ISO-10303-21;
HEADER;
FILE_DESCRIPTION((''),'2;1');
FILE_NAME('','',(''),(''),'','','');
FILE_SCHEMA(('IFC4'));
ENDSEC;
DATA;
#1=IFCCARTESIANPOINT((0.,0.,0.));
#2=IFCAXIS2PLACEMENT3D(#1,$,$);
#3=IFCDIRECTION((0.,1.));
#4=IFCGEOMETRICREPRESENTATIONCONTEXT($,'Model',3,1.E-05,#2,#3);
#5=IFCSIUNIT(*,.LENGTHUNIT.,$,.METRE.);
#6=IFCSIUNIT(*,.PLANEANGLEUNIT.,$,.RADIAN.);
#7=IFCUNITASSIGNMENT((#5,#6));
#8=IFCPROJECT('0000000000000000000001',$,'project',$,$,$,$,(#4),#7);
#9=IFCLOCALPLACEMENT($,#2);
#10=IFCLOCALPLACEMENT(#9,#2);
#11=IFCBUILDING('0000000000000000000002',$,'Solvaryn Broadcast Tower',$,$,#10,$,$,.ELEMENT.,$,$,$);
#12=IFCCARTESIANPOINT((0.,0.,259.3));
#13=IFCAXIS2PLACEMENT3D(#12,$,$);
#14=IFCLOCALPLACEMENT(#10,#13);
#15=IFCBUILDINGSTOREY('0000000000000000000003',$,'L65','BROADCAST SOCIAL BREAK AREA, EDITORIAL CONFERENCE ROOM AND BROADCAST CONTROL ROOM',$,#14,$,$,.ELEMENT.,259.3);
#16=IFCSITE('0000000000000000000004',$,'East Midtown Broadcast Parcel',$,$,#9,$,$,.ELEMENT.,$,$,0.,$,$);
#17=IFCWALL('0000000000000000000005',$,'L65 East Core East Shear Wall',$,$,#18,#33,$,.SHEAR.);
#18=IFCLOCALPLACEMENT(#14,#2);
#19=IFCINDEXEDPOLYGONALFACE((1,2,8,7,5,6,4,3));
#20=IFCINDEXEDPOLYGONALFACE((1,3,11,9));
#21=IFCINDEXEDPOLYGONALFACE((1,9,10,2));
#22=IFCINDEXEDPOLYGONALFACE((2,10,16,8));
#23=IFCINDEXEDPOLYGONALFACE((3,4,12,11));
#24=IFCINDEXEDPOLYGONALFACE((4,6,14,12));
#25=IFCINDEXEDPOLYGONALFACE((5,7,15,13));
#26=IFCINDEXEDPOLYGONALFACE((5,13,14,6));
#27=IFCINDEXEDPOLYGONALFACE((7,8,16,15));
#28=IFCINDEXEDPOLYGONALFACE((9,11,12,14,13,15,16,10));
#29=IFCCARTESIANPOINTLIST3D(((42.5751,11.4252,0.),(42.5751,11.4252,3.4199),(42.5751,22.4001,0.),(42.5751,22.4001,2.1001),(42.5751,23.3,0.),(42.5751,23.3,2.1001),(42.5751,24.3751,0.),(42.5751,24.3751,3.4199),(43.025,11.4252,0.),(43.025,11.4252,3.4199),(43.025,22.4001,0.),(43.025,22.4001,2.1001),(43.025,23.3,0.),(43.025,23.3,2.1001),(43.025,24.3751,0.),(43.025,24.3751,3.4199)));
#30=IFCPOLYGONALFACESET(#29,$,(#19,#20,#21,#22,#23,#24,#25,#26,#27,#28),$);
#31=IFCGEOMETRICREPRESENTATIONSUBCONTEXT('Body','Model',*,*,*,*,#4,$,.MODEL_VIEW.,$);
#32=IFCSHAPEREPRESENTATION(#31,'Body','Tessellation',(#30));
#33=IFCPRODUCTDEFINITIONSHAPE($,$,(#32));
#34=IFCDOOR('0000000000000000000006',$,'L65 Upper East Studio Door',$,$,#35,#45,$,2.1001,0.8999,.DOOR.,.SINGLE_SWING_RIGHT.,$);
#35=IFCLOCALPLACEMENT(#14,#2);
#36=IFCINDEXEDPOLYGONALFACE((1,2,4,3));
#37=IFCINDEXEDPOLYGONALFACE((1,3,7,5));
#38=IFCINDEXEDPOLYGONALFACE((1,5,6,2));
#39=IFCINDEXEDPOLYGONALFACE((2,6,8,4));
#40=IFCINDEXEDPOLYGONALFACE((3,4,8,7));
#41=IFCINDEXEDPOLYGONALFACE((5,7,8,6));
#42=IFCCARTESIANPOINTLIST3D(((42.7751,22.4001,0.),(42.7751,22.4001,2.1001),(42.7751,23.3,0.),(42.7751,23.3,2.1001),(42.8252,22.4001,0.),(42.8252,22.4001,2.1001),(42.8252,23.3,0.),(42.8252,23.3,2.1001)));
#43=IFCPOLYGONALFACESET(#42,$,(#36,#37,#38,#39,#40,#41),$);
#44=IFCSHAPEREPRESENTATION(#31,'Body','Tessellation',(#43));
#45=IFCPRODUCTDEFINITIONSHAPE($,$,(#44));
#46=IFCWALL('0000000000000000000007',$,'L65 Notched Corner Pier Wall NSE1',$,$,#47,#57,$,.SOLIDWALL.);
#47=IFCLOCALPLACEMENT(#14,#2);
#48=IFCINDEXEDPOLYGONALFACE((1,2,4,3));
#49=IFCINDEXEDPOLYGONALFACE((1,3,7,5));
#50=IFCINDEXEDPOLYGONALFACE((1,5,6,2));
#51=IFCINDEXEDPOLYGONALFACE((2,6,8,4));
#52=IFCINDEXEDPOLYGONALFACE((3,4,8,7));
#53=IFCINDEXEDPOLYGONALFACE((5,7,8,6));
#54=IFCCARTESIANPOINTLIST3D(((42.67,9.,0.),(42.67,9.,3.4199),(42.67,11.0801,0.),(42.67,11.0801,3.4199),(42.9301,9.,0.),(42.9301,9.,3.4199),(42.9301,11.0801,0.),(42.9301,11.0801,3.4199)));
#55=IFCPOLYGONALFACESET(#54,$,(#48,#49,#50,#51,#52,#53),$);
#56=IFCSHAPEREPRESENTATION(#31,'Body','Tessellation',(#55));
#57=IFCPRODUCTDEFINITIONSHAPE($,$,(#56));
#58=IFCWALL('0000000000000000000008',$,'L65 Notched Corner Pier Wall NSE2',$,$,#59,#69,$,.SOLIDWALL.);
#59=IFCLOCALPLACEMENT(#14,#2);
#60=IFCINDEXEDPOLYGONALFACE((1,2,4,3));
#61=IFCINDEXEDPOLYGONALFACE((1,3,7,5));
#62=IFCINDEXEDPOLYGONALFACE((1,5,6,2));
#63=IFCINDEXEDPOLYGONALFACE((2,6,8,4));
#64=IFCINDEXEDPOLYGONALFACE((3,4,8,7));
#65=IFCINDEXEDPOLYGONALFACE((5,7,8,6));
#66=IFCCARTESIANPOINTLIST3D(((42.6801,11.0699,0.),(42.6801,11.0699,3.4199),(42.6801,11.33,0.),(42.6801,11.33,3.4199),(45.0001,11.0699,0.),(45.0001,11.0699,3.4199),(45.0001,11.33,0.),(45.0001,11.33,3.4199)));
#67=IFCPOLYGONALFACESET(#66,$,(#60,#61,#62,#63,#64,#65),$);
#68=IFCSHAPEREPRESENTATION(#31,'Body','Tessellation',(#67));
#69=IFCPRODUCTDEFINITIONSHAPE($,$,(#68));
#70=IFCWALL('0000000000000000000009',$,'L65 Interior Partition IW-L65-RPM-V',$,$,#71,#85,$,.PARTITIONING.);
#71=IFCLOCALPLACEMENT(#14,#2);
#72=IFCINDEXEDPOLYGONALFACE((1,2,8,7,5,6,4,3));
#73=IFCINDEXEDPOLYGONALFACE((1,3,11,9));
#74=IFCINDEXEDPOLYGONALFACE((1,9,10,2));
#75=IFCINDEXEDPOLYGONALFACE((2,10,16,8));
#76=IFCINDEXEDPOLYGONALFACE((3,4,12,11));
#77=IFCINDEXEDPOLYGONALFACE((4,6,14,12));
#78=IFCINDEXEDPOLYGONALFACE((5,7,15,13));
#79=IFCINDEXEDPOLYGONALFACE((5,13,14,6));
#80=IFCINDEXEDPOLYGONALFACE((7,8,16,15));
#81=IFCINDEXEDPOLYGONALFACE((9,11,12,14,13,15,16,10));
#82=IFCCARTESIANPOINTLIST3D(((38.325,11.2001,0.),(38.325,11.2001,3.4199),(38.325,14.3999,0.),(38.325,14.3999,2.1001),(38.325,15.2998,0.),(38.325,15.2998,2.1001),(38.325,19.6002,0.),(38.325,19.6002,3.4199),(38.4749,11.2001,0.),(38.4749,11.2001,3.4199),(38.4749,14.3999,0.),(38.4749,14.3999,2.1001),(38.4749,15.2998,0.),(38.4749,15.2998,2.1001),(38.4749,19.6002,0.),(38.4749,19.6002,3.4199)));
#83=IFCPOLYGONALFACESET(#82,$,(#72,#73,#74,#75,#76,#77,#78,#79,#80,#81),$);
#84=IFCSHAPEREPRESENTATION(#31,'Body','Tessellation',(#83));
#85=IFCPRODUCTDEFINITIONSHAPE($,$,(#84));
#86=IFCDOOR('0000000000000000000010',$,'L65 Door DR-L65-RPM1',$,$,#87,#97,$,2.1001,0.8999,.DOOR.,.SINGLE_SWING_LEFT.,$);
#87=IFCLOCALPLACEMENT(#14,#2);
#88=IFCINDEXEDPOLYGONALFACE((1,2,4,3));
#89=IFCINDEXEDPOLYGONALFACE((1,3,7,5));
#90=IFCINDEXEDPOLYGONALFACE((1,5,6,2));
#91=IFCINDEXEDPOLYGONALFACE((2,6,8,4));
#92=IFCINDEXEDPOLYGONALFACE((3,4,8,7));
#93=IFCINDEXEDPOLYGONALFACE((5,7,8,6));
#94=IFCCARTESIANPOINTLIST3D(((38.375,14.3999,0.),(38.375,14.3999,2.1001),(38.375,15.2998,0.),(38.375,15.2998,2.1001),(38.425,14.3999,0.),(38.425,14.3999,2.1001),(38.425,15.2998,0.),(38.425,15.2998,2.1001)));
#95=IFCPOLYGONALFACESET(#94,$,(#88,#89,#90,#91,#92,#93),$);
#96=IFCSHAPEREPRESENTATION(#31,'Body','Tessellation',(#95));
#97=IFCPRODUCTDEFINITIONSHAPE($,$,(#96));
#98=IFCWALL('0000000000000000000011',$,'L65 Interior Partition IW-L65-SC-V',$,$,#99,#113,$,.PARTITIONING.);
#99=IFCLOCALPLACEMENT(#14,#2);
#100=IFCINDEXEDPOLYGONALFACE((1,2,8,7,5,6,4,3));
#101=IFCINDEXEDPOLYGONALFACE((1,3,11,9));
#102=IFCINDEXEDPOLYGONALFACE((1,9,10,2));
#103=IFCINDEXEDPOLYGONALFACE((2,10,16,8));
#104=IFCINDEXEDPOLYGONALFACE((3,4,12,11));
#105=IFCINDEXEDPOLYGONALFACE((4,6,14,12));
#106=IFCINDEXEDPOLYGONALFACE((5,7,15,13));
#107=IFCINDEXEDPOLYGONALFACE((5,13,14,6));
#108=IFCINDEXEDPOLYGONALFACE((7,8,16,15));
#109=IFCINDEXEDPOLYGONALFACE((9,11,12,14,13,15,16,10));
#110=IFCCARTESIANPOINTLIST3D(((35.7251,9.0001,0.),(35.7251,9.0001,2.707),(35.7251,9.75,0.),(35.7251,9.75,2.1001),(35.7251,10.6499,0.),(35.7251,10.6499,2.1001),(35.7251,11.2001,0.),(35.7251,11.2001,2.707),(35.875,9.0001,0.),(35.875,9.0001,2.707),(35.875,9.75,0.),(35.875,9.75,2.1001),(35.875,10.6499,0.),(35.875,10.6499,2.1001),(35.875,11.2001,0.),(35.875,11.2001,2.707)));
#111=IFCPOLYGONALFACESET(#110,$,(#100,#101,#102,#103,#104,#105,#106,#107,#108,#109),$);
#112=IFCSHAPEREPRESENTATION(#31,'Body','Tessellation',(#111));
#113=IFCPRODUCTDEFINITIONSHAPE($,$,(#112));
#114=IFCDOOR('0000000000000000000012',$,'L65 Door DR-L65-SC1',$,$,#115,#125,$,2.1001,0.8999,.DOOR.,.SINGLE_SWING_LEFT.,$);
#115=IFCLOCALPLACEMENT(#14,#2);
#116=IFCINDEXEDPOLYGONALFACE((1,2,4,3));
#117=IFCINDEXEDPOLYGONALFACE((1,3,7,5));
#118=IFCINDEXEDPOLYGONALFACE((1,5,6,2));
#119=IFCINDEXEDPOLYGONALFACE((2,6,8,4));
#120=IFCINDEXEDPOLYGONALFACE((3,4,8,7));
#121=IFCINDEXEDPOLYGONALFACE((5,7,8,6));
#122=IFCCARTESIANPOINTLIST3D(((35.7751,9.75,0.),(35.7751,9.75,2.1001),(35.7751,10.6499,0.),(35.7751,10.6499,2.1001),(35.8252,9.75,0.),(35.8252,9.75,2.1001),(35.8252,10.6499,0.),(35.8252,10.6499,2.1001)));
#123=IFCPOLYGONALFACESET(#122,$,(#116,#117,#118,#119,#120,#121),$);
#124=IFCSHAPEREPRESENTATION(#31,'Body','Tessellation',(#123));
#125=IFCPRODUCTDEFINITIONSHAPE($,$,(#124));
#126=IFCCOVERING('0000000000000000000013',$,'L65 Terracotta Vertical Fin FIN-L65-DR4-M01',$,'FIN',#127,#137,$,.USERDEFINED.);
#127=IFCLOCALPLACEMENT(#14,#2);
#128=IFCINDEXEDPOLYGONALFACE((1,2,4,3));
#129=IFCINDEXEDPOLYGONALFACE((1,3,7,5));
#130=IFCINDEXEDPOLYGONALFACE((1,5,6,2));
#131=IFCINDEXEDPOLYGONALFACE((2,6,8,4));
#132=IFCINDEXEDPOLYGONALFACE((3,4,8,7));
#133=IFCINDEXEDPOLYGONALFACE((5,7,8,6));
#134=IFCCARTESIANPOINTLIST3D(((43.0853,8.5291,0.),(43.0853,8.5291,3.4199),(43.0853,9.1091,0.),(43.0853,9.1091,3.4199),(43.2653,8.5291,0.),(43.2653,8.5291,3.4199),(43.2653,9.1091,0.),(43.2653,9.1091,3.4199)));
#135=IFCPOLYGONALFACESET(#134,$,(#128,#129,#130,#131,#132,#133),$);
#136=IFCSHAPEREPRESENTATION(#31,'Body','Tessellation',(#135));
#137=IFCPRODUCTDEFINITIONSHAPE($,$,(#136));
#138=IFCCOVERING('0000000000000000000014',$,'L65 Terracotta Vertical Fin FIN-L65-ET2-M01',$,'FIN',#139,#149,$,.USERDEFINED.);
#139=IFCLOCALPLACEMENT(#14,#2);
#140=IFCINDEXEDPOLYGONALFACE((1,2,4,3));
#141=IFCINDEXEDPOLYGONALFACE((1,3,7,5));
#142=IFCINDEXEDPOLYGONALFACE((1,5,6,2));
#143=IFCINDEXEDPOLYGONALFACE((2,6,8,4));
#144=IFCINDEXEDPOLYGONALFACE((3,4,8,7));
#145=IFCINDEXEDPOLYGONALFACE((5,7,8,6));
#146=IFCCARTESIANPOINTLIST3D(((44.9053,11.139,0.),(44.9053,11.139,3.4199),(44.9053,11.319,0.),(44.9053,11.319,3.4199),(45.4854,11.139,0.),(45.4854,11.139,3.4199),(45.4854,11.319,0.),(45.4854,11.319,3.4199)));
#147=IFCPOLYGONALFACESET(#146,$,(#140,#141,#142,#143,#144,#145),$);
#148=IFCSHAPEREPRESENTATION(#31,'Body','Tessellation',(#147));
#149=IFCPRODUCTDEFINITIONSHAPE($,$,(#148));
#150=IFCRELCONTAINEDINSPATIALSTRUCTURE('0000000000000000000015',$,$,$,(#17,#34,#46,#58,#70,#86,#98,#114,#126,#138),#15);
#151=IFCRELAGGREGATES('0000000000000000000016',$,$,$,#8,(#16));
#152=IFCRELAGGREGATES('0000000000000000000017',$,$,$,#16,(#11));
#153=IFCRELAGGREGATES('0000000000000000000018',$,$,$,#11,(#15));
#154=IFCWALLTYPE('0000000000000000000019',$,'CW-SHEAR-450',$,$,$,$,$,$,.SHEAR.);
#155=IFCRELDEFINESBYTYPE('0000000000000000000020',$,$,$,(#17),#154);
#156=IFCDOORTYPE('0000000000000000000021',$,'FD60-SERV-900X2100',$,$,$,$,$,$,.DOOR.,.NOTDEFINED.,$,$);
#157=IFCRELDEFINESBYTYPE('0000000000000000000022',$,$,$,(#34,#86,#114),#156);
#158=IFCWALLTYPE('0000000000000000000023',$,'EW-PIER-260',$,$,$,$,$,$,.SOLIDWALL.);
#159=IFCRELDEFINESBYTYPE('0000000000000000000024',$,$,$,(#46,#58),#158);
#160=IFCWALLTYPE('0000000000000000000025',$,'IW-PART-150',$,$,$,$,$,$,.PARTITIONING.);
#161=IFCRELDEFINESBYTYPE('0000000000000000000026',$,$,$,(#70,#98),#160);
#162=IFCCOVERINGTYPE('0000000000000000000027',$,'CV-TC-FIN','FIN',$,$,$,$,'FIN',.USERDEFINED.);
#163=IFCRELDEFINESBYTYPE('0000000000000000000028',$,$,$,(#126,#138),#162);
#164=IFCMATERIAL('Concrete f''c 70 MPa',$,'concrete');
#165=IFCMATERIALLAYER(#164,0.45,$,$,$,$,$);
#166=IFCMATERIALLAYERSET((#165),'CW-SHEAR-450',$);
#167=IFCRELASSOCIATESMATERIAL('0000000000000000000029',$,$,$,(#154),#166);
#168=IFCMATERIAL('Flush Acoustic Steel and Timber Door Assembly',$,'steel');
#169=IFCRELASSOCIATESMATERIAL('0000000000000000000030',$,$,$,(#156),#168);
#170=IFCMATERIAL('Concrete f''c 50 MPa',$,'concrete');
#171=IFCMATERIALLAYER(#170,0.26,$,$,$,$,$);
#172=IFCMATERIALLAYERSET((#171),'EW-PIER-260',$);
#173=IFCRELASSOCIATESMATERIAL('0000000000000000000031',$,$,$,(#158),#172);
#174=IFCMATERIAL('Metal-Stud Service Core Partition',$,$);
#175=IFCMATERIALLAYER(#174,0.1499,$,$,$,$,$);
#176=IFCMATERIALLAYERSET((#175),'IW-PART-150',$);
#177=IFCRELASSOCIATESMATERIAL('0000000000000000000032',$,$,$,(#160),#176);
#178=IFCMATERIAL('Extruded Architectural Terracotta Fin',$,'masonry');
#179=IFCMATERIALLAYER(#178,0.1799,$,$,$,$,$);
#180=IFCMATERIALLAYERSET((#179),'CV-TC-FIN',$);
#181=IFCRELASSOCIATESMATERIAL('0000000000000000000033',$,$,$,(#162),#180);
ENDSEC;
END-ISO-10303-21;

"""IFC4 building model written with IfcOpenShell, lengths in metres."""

from ifc_helpers import new_model, si_unit, direction, frame, frame_2d, origin, origin_2d, place, context, subcontext, project, spatial, rectangle, extrude, material, layer, layer_set, type_object, element, fill, save


model = new_model("IFC4")

# Units and contexts
model_context = context("Model", 3, precision=1e-05, world=origin(), true_north=direction((0.0, 1.0)))
body_context = subcontext(model_context, "Body", "Model", "MODEL_VIEW")
ifc_project = project(units=[si_unit("LENGTHUNIT", "METRE"), si_unit("PLANEANGLEUNIT", "RADIAN")], contexts=[model_context])

# Site, building, storey
site_placement = place(None, origin())
site = spatial("IfcSite", under=ifc_project, at=site_placement, Name="East Midtown Broadcast Parcel", CompositionType="ELEMENT", RefElevation=0.0)
building_placement = place(site_placement, origin())
building = spatial("IfcBuilding", under=site, at=building_placement, Name="Solvaryn Broadcast Tower", CompositionType="ELEMENT")
storey_placement = place(building_placement, frame((0.0, 0.0, 259.3)))
storey = spatial("IfcBuildingStorey", under=building, at=storey_placement, Name="L65", Description="BROADCAST SOCIAL BREAK AREA, EDITORIAL CONFERENCE ROOM AND BROADCAST CONTROL ROOM", CompositionType="ELEMENT", Elevation=259.3)

# Wall, opening, door
ifc_material_1 = material(Name="Concrete f'c 70 MPa", Category="concrete")
ifc_layer_1 = layer(ifc_material_1, 0.45)
ifc_layer_set_1 = layer_set([ifc_layer_1], Name="CW-SHEAR-450")
wall_type_1 = type_object("IfcWallType", Name="CW-SHEAR-450", PredefinedType="SHEAR", material=ifc_layer_set_1)
wall_1_placement = place(storey_placement, frame((42.8, 11.425, 0.0), z_axis=(0.0, 0.0, 1.0), x_axis=(0.0, 1.0, 0.0)))
wall_1 = element("IfcWall", 1, at=wall_1_placement, inside=storey, type_object=wall_type_1, Name="L65 East Core East Shear Wall", PredefinedType="SHEAR", context=body_context, shape_type="SweptSolid", body=[
    extrude(rectangle(XDim=12.95, YDim=0.45, at=frame_2d((6.4751, 0.0))), origin(), (0.0, 0.0, 1.0), 3.4199),
])
opening_1_placement = place(wall_1_placement, frame((10.9751, 0.0, 0.0)))
opening_1 = element("IfcOpeningElement", 2, at=opening_1_placement, cuts=wall_1, PredefinedType="OPENING", context=body_context, shape_type="SweptSolid", body=[
    extrude(rectangle(XDim=0.8999, YDim=2.1001, at=frame_2d((0.45, 1.05))), frame((0.0, 0.2351, 0.0), z_axis=(0.0, -1.0, 0.0), x_axis=(1.0, 0.0, 0.0)), (0.0, 0.0, 1.0), 0.47),
])
ifc_material_2 = material(Name="Flush Acoustic Steel and Timber Door Assembly", Category="steel")
door_type = type_object("IfcDoorType", Name="FD60-SERV-900X2100", OperationType="NOTDEFINED", PredefinedType="DOOR", material=ifc_material_2)
door_1_placement = place(opening_1_placement, origin())
door_1 = element("IfcDoor", 3, at=door_1_placement, inside=storey, type_object=door_type, Name="L65 Upper East Studio Door", OperationType="SINGLE_SWING_RIGHT", OverallHeight=2.1001, OverallWidth=0.8999, PredefinedType="DOOR", context=body_context, shape_type="SweptSolid", body=[
    extrude(rectangle(XDim=0.8999, YDim=2.1001, at=frame_2d((0.45, 1.05))), frame((0.0, 0.0249, 0.0), z_axis=(0.0, -1.0, 0.0), x_axis=(1.0, 0.0, 0.0)), (0.0, 0.0, 1.0), 0.05),
])
fill(opening_1, door_1)

# Walls
ifc_material_3 = material(Name="Concrete f'c 50 MPa", Category="concrete")
ifc_layer_2 = layer(ifc_material_3, 0.26)
ifc_layer_set_2 = layer_set([ifc_layer_2], Name="EW-PIER-260")
wall_type_2 = type_object("IfcWallType", Name="EW-PIER-260", PredefinedType="SOLIDWALL", material=ifc_layer_set_2)
wall_2_placement = place(storey_placement, frame((42.8, 9.0, 0.0), z_axis=(0.0, 0.0, 1.0), x_axis=(0.0, 1.0, 0.0)))
element("IfcWall", 4, at=wall_2_placement, inside=storey, type_object=wall_type_2, Name="L65 Notched Corner Pier Wall NSE1", PredefinedType="SOLIDWALL", context=body_context, shape_type="SweptSolid", body=[
    extrude(rectangle(XDim=2.0801, YDim=0.26, at=frame_2d((1.04, 0.0))), origin(), (0.0, 0.0, 1.0), 3.4199),
])
wall_3_placement = place(storey_placement, frame((42.6799, 11.2, 0.0), z_axis=(0.0, 0.0, 1.0), x_axis=(1.0, 0.0, 0.0)))
element("IfcWall", 5, at=wall_3_placement, inside=storey, type_object=wall_type_2, Name="L65 Notched Corner Pier Wall NSE2", PredefinedType="SOLIDWALL", context=body_context, shape_type="SweptSolid", body=[
    extrude(rectangle(XDim=2.3201, YDim=0.26, at=frame_2d((1.1602, 0.0))), origin(), (0.0, 0.0, 1.0), 3.4199),
])

# Walls, openings, doors
ifc_material_4 = material(Name="Metal-Stud Service Core Partition")
ifc_layer_3 = layer(ifc_material_4, 0.1499)
ifc_layer_set_3 = layer_set([ifc_layer_3], Name="IW-PART-150")
wall_type_3 = type_object("IfcWallType", Name="IW-PART-150", PredefinedType="PARTITIONING", material=ifc_layer_set_3)
wall_4_placement = place(storey_placement, frame((38.3999, 11.2, 0.0), z_axis=(0.0, 0.0, 1.0), x_axis=(0.0, 1.0, 0.0)))
wall_4 = element("IfcWall", 6, at=wall_4_placement, inside=storey, type_object=wall_type_3, Name="L65 Interior Partition IW-L65-RPM-V", PredefinedType="PARTITIONING", context=body_context, shape_type="SweptSolid", body=[
    extrude(rectangle(XDim=8.4001, YDim=0.1499, at=frame_2d((4.2002, 0.0))), origin(), (0.0, 0.0, 1.0), 3.4199),
])
opening_2_placement = place(wall_4_placement, frame((3.2, 0.0, 0.0)))
opening_2 = element("IfcOpeningElement", 7, at=opening_2_placement, cuts=wall_4, PredefinedType="OPENING", context=body_context, shape_type="SweptSolid", body=[
    extrude(rectangle(XDim=0.8999, YDim=2.1001, at=frame_2d((0.45, 1.05))), frame((0.0, 0.085, 0.0), z_axis=(0.0, -1.0, 0.0), x_axis=(1.0, 0.0, 0.0)), (0.0, 0.0, 1.0), 0.1699),
])
door_2_placement = place(opening_2_placement, origin())
door_2 = element("IfcDoor", 8, at=door_2_placement, inside=storey, type_object=door_type, Name="L65 Door DR-L65-RPM1", OperationType="SINGLE_SWING_LEFT", OverallHeight=2.1001, OverallWidth=0.8999, PredefinedType="DOOR", context=body_context, shape_type="SweptSolid", body=[
    extrude(rectangle(XDim=0.8999, YDim=2.1001, at=frame_2d((0.45, 1.05))), frame((0.0, 0.0249, 0.0), z_axis=(0.0, -1.0, 0.0), x_axis=(1.0, 0.0, 0.0)), (0.0, 0.0, 1.0), 0.05),
])
fill(opening_2, door_2)
wall_5_placement = place(storey_placement, frame((35.8, 9.0, 0.0), z_axis=(0.0, 0.0, 1.0), x_axis=(0.0, 1.0, 0.0)))
wall_5 = element("IfcWall", 9, at=wall_5_placement, inside=storey, type_object=wall_type_3, Name="L65 Interior Partition IW-L65-SC-V", PredefinedType="PARTITIONING", context=body_context, shape_type="SweptSolid", body=[
    extrude(rectangle(XDim=2.2, YDim=0.1499, at=frame_2d((1.1001, 0.0))), origin(), (0.0, 0.0, 1.0), 2.707),
])
opening_3_placement = place(wall_5_placement, frame((0.75, 0.0, 0.0)))
opening_3 = element("IfcOpeningElement", 10, at=opening_3_placement, cuts=wall_5, PredefinedType="OPENING", context=body_context, shape_type="SweptSolid", body=[
    extrude(rectangle(XDim=0.8999, YDim=2.1001, at=frame_2d((0.45, 1.05))), frame((0.0, 0.085, 0.0), z_axis=(0.0, -1.0, 0.0), x_axis=(1.0, 0.0, 0.0)), (0.0, 0.0, 1.0), 0.1699),
])
door_3_placement = place(opening_3_placement, origin())
door_3 = element("IfcDoor", 11, at=door_3_placement, inside=storey, type_object=door_type, Name="L65 Door DR-L65-SC1", OperationType="SINGLE_SWING_LEFT", OverallHeight=2.1001, OverallWidth=0.8999, PredefinedType="DOOR", context=body_context, shape_type="SweptSolid", body=[
    extrude(rectangle(XDim=0.8999, YDim=2.1001, at=frame_2d((0.45, 1.05))), frame((0.0, 0.0249, 0.0), z_axis=(0.0, -1.0, 0.0), x_axis=(1.0, 0.0, 0.0)), (0.0, 0.0, 1.0), 0.05),
])
fill(opening_3, door_3)

# Coverings
ifc_material_5 = material(Name="Extruded Architectural Terracotta Fin", Category="masonry")
ifc_layer_4 = layer(ifc_material_5, 0.1799)
ifc_layer_set_4 = layer_set([ifc_layer_4], Name="CV-TC-FIN")
covering_type = type_object("IfcCoveringType", Name="CV-TC-FIN", Description="FIN", ElementType="FIN", PredefinedType="USERDEFINED", material=ifc_layer_set_4)
covering_1_placement = place(storey_placement, frame((43.1753, 8.8191, 0.0), z_axis=(0.0, 0.0, 1.0), x_axis=(1.0, 0.0, 0.0)))
element("IfcCovering", 12, at=covering_1_placement, inside=storey, type_object=covering_type, Name="L65 Terracotta Vertical Fin FIN-L65-DR4-M01", ObjectType="FIN", PredefinedType="USERDEFINED", context=body_context, shape_type="SweptSolid", body=[
    extrude(rectangle(XDim=0.1799, YDim=0.5801, at=origin_2d()), origin(), (0.0, 0.0, 1.0), 3.4199),
])
covering_2_placement = place(storey_placement, frame((45.1953, 11.229, 0.0), z_axis=(0.0, 0.0, 1.0), x_axis=(1.0, 0.0, 0.0)))
element("IfcCovering", 13, at=covering_2_placement, inside=storey, type_object=covering_type, Name="L65 Terracotta Vertical Fin FIN-L65-ET2-M01", ObjectType="FIN", PredefinedType="USERDEFINED", context=body_context, shape_type="SweptSolid", body=[
    extrude(rectangle(XDim=0.5801, YDim=0.1799, at=origin_2d()), origin(), (0.0, 0.0, 1.0), 3.4199),
])

save(model, "model.ifc")
